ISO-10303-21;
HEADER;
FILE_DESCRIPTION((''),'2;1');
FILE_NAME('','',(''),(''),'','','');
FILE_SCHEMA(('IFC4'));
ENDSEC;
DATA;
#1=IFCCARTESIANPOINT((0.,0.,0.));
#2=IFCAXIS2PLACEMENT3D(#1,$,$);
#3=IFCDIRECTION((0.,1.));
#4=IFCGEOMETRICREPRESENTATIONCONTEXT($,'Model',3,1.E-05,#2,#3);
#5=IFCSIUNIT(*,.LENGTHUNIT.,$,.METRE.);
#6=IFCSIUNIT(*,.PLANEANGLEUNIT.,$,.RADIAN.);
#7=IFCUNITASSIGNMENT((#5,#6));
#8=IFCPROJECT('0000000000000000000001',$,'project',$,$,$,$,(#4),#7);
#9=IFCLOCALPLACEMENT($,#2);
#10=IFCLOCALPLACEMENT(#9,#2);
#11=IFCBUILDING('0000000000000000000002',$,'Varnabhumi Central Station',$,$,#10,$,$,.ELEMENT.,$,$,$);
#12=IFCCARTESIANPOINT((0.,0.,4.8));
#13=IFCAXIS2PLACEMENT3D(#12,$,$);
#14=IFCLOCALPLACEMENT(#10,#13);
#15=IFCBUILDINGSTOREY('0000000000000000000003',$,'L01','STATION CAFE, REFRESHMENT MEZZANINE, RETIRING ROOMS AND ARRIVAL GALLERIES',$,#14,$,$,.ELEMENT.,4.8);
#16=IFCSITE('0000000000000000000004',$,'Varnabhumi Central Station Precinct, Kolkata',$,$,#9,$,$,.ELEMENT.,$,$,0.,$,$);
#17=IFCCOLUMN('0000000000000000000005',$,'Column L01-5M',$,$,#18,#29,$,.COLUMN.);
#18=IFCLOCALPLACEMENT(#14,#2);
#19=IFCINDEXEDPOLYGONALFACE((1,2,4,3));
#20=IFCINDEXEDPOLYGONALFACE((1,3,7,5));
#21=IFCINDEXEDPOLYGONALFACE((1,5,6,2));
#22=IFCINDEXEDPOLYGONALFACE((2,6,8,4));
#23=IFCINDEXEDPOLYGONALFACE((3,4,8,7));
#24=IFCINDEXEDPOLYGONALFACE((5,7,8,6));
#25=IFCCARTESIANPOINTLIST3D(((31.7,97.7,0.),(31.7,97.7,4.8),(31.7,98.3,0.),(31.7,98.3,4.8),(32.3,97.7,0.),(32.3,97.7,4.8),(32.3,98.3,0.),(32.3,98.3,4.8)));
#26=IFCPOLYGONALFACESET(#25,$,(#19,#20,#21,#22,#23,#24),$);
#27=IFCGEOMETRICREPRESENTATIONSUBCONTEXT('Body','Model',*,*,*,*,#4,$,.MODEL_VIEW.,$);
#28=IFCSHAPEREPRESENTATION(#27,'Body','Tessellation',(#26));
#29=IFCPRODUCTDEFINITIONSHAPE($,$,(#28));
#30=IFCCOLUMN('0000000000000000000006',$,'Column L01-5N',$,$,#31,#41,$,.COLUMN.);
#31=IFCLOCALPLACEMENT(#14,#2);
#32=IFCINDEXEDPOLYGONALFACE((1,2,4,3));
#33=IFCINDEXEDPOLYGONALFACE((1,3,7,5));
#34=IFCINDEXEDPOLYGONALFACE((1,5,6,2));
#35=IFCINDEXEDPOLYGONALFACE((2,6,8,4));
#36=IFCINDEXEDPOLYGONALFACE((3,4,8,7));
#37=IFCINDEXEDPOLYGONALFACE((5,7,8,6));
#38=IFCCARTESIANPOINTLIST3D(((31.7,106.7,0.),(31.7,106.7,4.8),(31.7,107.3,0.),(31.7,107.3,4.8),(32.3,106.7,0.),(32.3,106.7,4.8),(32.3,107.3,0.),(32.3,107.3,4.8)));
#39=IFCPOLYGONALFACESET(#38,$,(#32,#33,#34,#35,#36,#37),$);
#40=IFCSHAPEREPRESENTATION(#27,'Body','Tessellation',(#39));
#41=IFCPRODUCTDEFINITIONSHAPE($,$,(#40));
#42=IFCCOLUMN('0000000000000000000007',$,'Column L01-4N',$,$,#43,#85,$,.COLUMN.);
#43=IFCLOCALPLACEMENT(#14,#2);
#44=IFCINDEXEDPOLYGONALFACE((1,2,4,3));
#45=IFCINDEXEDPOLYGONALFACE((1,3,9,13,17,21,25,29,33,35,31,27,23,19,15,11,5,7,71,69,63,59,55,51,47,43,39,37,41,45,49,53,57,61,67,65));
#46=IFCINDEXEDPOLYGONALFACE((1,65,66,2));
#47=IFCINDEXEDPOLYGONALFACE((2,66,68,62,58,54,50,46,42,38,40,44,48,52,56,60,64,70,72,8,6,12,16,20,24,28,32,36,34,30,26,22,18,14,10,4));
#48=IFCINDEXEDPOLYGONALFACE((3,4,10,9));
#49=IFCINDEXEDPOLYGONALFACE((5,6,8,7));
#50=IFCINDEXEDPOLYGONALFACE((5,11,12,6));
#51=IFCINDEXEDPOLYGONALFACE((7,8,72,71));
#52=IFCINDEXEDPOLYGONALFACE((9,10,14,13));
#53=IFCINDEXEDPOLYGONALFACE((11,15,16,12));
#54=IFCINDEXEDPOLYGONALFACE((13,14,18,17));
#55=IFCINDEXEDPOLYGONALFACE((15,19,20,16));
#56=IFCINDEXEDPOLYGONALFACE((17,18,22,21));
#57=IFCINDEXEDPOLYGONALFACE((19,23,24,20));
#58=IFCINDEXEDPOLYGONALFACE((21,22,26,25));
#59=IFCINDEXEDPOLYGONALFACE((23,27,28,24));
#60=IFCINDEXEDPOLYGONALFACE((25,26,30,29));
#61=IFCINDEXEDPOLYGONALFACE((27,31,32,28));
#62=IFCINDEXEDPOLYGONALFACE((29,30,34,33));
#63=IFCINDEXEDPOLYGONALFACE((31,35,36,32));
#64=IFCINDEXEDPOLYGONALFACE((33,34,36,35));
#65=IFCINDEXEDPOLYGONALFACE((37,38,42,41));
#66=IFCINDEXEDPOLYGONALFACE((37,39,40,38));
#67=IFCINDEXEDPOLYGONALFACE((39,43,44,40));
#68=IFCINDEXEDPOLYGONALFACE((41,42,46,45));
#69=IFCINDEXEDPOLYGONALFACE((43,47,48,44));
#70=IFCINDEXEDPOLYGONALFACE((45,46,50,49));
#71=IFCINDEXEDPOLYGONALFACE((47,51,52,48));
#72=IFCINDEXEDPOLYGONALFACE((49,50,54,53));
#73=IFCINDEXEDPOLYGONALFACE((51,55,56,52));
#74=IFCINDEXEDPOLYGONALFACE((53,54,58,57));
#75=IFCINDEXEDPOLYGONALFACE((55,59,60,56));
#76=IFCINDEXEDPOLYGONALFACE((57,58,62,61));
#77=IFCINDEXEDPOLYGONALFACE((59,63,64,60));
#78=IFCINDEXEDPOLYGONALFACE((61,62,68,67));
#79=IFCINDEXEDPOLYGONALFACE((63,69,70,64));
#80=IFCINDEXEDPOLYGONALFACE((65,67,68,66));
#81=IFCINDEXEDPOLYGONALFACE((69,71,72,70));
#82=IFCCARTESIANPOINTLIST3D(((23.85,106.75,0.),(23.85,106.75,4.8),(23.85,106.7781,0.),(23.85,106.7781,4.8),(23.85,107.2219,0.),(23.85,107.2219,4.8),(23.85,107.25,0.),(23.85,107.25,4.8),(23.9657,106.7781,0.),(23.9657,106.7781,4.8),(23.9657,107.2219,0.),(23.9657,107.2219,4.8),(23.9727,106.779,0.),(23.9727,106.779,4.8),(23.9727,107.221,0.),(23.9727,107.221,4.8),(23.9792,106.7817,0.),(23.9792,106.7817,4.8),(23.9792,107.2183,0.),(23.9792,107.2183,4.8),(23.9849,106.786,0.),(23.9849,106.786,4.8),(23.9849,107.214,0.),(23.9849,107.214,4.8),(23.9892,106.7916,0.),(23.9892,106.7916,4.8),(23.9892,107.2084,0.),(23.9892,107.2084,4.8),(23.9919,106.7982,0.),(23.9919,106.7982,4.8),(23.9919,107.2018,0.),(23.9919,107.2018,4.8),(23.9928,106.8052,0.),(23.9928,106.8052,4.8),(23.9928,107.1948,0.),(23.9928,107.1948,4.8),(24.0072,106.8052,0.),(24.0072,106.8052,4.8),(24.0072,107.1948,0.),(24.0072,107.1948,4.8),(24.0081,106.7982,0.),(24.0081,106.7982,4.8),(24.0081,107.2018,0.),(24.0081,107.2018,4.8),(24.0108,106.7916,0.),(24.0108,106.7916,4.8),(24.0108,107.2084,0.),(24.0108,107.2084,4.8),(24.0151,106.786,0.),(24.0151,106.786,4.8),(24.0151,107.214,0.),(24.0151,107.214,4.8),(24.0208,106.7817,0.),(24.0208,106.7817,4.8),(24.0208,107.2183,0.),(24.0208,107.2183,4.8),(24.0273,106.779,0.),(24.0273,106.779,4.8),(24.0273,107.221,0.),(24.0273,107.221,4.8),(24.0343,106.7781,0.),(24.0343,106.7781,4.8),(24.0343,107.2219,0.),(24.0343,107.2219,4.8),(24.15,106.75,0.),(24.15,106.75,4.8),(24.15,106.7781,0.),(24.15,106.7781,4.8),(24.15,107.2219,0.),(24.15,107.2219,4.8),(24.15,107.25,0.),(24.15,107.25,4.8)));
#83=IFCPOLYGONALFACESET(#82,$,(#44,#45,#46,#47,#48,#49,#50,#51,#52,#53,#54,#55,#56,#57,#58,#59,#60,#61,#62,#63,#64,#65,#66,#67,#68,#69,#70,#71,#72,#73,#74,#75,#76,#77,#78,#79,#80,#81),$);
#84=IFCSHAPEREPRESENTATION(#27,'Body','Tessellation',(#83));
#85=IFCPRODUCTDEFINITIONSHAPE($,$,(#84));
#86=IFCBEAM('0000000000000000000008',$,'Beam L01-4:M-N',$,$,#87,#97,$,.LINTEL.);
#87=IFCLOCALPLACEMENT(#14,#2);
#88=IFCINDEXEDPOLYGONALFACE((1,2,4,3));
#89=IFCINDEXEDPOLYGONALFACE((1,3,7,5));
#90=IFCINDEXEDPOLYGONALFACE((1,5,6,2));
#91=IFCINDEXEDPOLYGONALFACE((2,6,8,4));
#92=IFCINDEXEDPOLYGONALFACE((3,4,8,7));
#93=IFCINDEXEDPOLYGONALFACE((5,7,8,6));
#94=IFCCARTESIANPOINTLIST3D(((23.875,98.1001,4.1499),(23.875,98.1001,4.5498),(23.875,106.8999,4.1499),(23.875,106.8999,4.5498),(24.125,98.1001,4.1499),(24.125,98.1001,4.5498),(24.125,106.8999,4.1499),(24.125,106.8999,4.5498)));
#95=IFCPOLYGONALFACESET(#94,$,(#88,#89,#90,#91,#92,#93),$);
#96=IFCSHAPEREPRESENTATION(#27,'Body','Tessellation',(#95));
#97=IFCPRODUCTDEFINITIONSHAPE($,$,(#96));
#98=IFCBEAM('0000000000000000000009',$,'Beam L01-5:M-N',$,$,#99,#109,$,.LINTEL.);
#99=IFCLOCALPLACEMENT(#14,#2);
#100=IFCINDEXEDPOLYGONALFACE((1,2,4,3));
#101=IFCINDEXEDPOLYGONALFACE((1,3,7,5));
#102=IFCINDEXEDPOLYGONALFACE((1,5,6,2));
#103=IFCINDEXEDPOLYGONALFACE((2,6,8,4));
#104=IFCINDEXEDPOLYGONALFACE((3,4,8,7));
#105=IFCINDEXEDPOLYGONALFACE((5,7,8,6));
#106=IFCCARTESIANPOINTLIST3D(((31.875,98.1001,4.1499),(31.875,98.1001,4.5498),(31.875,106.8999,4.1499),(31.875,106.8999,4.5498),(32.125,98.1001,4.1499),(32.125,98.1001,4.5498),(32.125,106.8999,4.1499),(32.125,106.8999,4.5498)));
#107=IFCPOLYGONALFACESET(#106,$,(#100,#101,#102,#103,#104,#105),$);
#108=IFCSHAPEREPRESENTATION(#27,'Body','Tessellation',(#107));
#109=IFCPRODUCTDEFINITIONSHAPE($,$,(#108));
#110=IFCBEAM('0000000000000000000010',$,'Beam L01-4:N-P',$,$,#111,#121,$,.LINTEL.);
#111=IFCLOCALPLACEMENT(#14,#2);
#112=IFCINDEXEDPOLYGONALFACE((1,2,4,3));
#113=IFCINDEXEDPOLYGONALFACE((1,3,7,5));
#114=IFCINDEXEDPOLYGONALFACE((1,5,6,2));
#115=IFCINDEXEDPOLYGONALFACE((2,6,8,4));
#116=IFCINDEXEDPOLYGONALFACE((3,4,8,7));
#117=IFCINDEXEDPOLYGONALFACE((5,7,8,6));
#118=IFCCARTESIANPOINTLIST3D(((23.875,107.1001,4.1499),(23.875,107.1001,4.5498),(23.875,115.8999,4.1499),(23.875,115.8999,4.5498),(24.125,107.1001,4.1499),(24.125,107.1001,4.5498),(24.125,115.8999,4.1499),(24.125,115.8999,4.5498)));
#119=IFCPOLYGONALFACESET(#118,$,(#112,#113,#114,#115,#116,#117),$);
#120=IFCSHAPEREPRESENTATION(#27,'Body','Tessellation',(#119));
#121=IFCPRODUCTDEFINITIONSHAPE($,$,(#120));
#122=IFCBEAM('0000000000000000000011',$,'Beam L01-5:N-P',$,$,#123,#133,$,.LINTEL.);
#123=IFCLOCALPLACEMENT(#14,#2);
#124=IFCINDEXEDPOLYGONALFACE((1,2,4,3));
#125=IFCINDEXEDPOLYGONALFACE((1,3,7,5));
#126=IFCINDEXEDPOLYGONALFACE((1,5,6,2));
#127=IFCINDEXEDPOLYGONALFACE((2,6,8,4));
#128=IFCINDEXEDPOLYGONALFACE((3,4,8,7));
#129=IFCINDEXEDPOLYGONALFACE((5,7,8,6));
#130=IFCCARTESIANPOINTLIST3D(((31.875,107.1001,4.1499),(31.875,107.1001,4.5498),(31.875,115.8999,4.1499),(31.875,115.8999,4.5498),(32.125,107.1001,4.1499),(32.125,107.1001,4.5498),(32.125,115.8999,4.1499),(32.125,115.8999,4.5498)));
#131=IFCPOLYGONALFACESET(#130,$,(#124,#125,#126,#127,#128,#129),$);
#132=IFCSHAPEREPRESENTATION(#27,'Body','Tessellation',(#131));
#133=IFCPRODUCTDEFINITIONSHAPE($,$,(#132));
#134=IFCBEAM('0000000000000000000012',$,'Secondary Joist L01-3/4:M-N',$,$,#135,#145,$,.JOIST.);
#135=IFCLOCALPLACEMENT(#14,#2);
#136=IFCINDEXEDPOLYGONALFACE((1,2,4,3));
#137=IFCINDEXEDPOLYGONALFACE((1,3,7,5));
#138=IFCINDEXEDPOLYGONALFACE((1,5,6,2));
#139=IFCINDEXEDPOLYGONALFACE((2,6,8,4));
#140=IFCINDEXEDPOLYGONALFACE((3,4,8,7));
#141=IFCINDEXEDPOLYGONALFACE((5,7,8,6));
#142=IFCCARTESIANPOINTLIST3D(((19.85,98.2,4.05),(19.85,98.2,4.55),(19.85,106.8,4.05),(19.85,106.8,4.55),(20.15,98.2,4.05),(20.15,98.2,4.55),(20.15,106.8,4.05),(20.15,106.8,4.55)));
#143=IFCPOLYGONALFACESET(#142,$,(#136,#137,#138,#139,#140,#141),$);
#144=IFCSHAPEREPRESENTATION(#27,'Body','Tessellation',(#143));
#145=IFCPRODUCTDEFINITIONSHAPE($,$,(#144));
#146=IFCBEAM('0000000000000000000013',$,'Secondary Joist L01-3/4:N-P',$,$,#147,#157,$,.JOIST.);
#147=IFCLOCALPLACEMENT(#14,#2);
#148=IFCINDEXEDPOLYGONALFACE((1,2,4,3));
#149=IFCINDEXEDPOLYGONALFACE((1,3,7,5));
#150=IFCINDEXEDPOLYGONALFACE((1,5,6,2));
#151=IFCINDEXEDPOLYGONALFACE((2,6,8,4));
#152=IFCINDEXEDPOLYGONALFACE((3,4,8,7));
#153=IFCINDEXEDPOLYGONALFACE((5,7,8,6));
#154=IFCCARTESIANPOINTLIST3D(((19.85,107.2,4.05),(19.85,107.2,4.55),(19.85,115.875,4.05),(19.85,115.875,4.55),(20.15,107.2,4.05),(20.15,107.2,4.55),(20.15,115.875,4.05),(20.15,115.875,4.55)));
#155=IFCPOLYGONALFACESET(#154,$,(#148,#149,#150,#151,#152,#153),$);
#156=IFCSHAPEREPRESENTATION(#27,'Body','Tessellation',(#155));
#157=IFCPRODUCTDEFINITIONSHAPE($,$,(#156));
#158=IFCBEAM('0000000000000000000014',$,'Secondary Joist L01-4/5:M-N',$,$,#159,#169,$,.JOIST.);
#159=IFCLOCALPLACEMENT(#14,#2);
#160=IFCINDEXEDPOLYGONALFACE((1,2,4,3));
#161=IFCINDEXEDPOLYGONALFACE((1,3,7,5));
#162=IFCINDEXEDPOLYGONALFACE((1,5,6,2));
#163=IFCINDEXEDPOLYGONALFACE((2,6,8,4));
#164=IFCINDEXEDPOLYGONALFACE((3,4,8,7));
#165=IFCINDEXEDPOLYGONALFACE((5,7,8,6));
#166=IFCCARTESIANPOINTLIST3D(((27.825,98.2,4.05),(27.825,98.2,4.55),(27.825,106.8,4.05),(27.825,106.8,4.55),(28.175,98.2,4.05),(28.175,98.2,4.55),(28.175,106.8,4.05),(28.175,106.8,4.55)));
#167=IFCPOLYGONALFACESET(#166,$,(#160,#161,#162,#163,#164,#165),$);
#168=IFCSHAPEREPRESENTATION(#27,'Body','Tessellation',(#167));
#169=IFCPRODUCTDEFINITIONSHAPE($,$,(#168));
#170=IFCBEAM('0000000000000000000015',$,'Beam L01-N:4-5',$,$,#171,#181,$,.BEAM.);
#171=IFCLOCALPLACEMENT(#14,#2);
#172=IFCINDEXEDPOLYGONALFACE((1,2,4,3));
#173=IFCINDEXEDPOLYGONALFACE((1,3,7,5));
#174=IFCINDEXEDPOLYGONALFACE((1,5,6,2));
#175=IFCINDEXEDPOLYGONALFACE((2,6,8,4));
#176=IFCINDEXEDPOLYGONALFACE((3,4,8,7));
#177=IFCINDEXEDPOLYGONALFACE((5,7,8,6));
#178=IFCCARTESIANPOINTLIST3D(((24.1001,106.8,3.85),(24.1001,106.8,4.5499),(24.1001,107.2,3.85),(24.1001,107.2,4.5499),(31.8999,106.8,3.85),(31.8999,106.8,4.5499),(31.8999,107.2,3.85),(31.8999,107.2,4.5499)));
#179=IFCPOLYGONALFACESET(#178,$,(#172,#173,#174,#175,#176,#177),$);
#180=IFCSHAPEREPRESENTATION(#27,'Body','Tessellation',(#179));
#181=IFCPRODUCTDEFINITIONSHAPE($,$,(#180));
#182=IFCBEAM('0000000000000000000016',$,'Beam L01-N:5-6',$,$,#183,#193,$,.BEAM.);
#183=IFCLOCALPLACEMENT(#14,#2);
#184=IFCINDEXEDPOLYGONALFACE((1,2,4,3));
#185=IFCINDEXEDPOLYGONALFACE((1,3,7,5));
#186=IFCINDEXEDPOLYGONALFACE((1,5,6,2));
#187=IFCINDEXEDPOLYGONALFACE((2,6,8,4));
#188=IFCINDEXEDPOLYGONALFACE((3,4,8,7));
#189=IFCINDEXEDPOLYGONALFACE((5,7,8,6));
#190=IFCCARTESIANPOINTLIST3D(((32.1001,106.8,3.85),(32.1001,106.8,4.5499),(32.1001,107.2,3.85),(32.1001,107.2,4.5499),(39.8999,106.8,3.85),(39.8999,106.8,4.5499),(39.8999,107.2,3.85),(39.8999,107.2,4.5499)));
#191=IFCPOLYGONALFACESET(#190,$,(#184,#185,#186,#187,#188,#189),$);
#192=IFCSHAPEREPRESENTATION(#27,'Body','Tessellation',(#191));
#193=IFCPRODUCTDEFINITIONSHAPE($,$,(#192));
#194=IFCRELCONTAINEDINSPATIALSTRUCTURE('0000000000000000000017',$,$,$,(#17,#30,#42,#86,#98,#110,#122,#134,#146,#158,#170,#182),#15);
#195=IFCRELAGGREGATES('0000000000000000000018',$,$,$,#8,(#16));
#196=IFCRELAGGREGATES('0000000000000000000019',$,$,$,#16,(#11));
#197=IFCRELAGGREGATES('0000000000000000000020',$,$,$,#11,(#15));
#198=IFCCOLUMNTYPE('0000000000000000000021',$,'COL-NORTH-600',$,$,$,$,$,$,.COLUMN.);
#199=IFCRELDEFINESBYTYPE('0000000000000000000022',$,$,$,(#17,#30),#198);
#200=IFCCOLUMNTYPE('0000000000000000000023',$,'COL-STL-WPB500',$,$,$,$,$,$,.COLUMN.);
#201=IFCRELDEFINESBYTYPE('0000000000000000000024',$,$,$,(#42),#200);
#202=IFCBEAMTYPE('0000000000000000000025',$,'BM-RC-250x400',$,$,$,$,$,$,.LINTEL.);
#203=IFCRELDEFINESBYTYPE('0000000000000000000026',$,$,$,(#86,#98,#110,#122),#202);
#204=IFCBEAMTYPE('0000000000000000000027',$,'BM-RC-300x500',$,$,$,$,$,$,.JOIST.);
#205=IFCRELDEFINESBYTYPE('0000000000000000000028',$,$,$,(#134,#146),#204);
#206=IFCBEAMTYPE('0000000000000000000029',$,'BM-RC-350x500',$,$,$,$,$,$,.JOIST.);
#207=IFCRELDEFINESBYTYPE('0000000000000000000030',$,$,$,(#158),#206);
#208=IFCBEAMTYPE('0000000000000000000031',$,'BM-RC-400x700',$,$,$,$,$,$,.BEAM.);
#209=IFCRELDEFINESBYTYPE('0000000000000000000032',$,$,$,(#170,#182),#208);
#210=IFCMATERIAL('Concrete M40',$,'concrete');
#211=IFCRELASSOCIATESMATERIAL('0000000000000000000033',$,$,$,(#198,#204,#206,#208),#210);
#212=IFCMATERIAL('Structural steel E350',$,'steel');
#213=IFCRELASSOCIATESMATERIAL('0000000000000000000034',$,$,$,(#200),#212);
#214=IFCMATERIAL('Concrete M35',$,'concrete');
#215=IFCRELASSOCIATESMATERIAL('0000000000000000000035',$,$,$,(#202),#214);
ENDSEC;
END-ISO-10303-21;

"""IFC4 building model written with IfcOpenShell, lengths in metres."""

from ifc_helpers import new_model, si_unit, direction, frame, origin, origin_2d, place, context, subcontext, project, spatial, rectangle, i_section, extrude, material, material_profile, profile_set, type_object, element, save


model = new_model("IFC4")

# Units and contexts
model_context = context("Model", 3, precision=1e-05, world=origin(), true_north=direction((0.0, 1.0)))
body_context = subcontext(model_context, "Body", "Model", "MODEL_VIEW")
ifc_project = project(units=[si_unit("LENGTHUNIT", "METRE"), si_unit("PLANEANGLEUNIT", "RADIAN")], contexts=[model_context])

# Site, building, storey
site_placement = place(None, origin())
site = spatial("IfcSite", under=ifc_project, at=site_placement, Name="Varnabhumi Central Station Precinct, Kolkata", CompositionType="ELEMENT", RefElevation=0.0)
building_placement = place(site_placement, origin())
building = spatial("IfcBuilding", under=site, at=building_placement, Name="Varnabhumi Central Station", CompositionType="ELEMENT")
storey_placement = place(building_placement, frame((0.0, 0.0, 4.8)))
storey = spatial("IfcBuildingStorey", under=building, at=storey_placement, Name="L01", Description="STATION CAFE, REFRESHMENT MEZZANINE, RETIRING ROOMS AND ARRIVAL GALLERIES", CompositionType="ELEMENT", Elevation=4.8)

# Columns
ifc_material_1 = material(Name="Concrete M40", Category="concrete")
ifc_material_profile_1 = material_profile(ifc_material_1, rectangle(XDim=0.6001, YDim=0.6001, at=origin_2d()), Name="Concrete M40", Category="concrete")
ifc_profile_set_1 = profile_set([ifc_material_profile_1], Name="Concrete M40")
column_type_1 = type_object("IfcColumnType", Name="COL-NORTH-600", PredefinedType="COLUMN", material=ifc_profile_set_1)
for number, where, z_axis, x_axis, name in (
    (1, (32.0, 98.0, 0.0), (0.0, 0.0, 1.0), (1.0, 0.0, 0.0), "Column L01-5M"),
    (2, (32.0, 107.0, 0.0), (0.0, 0.0, 1.0), (1.0, 0.0, 0.0), "Column L01-5N"),
):
    element("IfcColumn", number, at=place(storey_placement, frame(where, z_axis=z_axis, x_axis=x_axis)), inside=storey, type_object=column_type_1, Name=name, PredefinedType="COLUMN", context=body_context, shape_type="SweptSolid", body=[
        extrude(rectangle(XDim=0.6001, YDim=0.6001, at=origin_2d()), origin(), (0.0, 0.0, 1.0), 4.8),
    ])
ifc_material_2 = material(Name="Structural steel E350", Category="steel")
ifc_material_profile_2 = material_profile(ifc_material_2, i_section(OverallWidth=0.3, OverallDepth=0.5, WebThickness=0.0144, FlangeThickness=0.0281, FilletRadius=0.0271, at=origin_2d()), Name="Structural steel E350", Category="steel")
ifc_profile_set_2 = profile_set([ifc_material_profile_2], Name="Structural steel E350")
column_type_2 = type_object("IfcColumnType", Name="COL-STL-WPB500", PredefinedType="COLUMN", material=ifc_profile_set_2)
column_placement = place(storey_placement, frame((24.0, 107.0, 0.0), z_axis=(0.0, 0.0, 1.0), x_axis=(1.0, 0.0, 0.0)))
element("IfcColumn", 3, at=column_placement, inside=storey, type_object=column_type_2, Name="Column L01-4N", PredefinedType="COLUMN", context=body_context, shape_type="SweptSolid", body=[
    extrude(i_section(OverallWidth=0.3, OverallDepth=0.5, WebThickness=0.0144, FlangeThickness=0.0281, FilletRadius=0.0271, at=origin_2d()), origin(), (0.0, 0.0, 1.0), 4.8),
])

# Beams
ifc_material_3 = material(Name="Concrete M35", Category="concrete")
ifc_material_profile_3 = material_profile(ifc_material_3, rectangle(XDim=0.25, YDim=0.3999, at=origin_2d()), Name="Concrete M35", Category="concrete")
ifc_profile_set_3 = profile_set([ifc_material_profile_3], Name="Concrete M35")
beam_type_1 = type_object("IfcBeamType", Name="BM-RC-250x400", PredefinedType="LINTEL", material=ifc_profile_set_3)
for number, where, z_axis, x_axis, name in (
    (4, (24.0, 98.1001, 4.3499), (0.0, 1.0, 0.0), (-1.0, 0.0, 0.0), "Beam L01-4:M-N"),
    (5, (32.0, 98.1001, 4.3499), (0.0, 1.0, 0.0), (-1.0, 0.0, 0.0), "Beam L01-5:M-N"),
    (6, (24.0, 107.1001, 4.3499), (0.0, 1.0, 0.0), (-1.0, 0.0, 0.0), "Beam L01-4:N-P"),
    (7, (32.0, 107.1001, 4.3499), (0.0, 1.0, 0.0), (-1.0, 0.0, 0.0), "Beam L01-5:N-P"),
):
    element("IfcBeam", number, at=place(storey_placement, frame(where, z_axis=z_axis, x_axis=x_axis)), inside=storey, type_object=beam_type_1, Name=name, PredefinedType="LINTEL", context=body_context, shape_type="SweptSolid", body=[
        extrude(rectangle(XDim=0.25, YDim=0.3999, at=origin_2d()), origin(), (0.0, 0.0, 1.0), 8.7998),
    ])
ifc_material_profile_4 = material_profile(ifc_material_1, rectangle(XDim=0.3, YDim=0.5, at=origin_2d()), Name="Concrete M40", Category="concrete")
ifc_profile_set_4 = profile_set([ifc_material_profile_4], Name="Concrete M40")
beam_type_2 = type_object("IfcBeamType", Name="BM-RC-300x500", PredefinedType="JOIST", material=ifc_profile_set_4)
beam_1_placement = place(storey_placement, frame((20.0, 98.2, 4.3), z_axis=(0.0, 1.0, 0.0), x_axis=(-1.0, 0.0, 0.0)))
element("IfcBeam", 8, at=beam_1_placement, inside=storey, type_object=beam_type_2, Name="Secondary Joist L01-3/4:M-N", PredefinedType="JOIST", context=body_context, shape_type="SweptSolid", body=[
    extrude(rectangle(XDim=0.3, YDim=0.5, at=origin_2d()), origin(), (0.0, 0.0, 1.0), 8.6001),
])
beam_2_placement = place(storey_placement, frame((20.0, 107.2, 4.3), z_axis=(0.0, 1.0, 0.0), x_axis=(-1.0, 0.0, 0.0)))
element("IfcBeam", 9, at=beam_2_placement, inside=storey, type_object=beam_type_2, Name="Secondary Joist L01-3/4:N-P", PredefinedType="JOIST", context=body_context, shape_type="SweptSolid", body=[
    extrude(rectangle(XDim=0.3, YDim=0.5, at=origin_2d()), origin(), (0.0, 0.0, 1.0), 8.675),
])
ifc_material_profile_5 = material_profile(ifc_material_1, rectangle(XDim=0.3501, YDim=0.5, at=origin_2d()), Name="Concrete M40", Category="concrete")
ifc_profile_set_5 = profile_set([ifc_material_profile_5], Name="Concrete M40")
beam_type_3 = type_object("IfcBeamType", Name="BM-RC-350x500", PredefinedType="JOIST", material=ifc_profile_set_5)
beam_3_placement = place(storey_placement, frame((28.0, 98.2, 4.3), z_axis=(0.0, 1.0, 0.0), x_axis=(-1.0, 0.0, 0.0)))
element("IfcBeam", 10, at=beam_3_placement, inside=storey, type_object=beam_type_3, Name="Secondary Joist L01-4/5:M-N", PredefinedType="JOIST", context=body_context, shape_type="SweptSolid", body=[
    extrude(rectangle(XDim=0.3501, YDim=0.5, at=origin_2d()), origin(), (0.0, 0.0, 1.0), 8.6001),
])
ifc_material_profile_6 = material_profile(ifc_material_1, rectangle(XDim=0.3999, YDim=0.7, at=origin_2d()), Name="Concrete M40", Category="concrete")
ifc_profile_set_6 = profile_set([ifc_material_profile_6], Name="Concrete M40")
beam_type_4 = type_object("IfcBeamType", Name="BM-RC-400x700", PredefinedType="BEAM", material=ifc_profile_set_6)
for number, where, z_axis, x_axis, name in (
    (11, (24.1001, 107.0, 4.2), (1.0, 0.0, 0.0), (0.0, 1.0, 0.0), "Beam L01-N:4-5"),
    (12, (32.1001, 107.0, 4.2), (1.0, 0.0, 0.0), (0.0, 1.0, 0.0), "Beam L01-N:5-6"),
):
    element("IfcBeam", number, at=place(storey_placement, frame(where, z_axis=z_axis, x_axis=x_axis)), inside=storey, type_object=beam_type_4, Name=name, PredefinedType="BEAM", context=body_context, shape_type="SweptSolid", body=[
        extrude(rectangle(XDim=0.3999, YDim=0.7, at=origin_2d()), origin(), (0.0, 0.0, 1.0), 7.7998),
    ])

save(model, "model.ifc")
